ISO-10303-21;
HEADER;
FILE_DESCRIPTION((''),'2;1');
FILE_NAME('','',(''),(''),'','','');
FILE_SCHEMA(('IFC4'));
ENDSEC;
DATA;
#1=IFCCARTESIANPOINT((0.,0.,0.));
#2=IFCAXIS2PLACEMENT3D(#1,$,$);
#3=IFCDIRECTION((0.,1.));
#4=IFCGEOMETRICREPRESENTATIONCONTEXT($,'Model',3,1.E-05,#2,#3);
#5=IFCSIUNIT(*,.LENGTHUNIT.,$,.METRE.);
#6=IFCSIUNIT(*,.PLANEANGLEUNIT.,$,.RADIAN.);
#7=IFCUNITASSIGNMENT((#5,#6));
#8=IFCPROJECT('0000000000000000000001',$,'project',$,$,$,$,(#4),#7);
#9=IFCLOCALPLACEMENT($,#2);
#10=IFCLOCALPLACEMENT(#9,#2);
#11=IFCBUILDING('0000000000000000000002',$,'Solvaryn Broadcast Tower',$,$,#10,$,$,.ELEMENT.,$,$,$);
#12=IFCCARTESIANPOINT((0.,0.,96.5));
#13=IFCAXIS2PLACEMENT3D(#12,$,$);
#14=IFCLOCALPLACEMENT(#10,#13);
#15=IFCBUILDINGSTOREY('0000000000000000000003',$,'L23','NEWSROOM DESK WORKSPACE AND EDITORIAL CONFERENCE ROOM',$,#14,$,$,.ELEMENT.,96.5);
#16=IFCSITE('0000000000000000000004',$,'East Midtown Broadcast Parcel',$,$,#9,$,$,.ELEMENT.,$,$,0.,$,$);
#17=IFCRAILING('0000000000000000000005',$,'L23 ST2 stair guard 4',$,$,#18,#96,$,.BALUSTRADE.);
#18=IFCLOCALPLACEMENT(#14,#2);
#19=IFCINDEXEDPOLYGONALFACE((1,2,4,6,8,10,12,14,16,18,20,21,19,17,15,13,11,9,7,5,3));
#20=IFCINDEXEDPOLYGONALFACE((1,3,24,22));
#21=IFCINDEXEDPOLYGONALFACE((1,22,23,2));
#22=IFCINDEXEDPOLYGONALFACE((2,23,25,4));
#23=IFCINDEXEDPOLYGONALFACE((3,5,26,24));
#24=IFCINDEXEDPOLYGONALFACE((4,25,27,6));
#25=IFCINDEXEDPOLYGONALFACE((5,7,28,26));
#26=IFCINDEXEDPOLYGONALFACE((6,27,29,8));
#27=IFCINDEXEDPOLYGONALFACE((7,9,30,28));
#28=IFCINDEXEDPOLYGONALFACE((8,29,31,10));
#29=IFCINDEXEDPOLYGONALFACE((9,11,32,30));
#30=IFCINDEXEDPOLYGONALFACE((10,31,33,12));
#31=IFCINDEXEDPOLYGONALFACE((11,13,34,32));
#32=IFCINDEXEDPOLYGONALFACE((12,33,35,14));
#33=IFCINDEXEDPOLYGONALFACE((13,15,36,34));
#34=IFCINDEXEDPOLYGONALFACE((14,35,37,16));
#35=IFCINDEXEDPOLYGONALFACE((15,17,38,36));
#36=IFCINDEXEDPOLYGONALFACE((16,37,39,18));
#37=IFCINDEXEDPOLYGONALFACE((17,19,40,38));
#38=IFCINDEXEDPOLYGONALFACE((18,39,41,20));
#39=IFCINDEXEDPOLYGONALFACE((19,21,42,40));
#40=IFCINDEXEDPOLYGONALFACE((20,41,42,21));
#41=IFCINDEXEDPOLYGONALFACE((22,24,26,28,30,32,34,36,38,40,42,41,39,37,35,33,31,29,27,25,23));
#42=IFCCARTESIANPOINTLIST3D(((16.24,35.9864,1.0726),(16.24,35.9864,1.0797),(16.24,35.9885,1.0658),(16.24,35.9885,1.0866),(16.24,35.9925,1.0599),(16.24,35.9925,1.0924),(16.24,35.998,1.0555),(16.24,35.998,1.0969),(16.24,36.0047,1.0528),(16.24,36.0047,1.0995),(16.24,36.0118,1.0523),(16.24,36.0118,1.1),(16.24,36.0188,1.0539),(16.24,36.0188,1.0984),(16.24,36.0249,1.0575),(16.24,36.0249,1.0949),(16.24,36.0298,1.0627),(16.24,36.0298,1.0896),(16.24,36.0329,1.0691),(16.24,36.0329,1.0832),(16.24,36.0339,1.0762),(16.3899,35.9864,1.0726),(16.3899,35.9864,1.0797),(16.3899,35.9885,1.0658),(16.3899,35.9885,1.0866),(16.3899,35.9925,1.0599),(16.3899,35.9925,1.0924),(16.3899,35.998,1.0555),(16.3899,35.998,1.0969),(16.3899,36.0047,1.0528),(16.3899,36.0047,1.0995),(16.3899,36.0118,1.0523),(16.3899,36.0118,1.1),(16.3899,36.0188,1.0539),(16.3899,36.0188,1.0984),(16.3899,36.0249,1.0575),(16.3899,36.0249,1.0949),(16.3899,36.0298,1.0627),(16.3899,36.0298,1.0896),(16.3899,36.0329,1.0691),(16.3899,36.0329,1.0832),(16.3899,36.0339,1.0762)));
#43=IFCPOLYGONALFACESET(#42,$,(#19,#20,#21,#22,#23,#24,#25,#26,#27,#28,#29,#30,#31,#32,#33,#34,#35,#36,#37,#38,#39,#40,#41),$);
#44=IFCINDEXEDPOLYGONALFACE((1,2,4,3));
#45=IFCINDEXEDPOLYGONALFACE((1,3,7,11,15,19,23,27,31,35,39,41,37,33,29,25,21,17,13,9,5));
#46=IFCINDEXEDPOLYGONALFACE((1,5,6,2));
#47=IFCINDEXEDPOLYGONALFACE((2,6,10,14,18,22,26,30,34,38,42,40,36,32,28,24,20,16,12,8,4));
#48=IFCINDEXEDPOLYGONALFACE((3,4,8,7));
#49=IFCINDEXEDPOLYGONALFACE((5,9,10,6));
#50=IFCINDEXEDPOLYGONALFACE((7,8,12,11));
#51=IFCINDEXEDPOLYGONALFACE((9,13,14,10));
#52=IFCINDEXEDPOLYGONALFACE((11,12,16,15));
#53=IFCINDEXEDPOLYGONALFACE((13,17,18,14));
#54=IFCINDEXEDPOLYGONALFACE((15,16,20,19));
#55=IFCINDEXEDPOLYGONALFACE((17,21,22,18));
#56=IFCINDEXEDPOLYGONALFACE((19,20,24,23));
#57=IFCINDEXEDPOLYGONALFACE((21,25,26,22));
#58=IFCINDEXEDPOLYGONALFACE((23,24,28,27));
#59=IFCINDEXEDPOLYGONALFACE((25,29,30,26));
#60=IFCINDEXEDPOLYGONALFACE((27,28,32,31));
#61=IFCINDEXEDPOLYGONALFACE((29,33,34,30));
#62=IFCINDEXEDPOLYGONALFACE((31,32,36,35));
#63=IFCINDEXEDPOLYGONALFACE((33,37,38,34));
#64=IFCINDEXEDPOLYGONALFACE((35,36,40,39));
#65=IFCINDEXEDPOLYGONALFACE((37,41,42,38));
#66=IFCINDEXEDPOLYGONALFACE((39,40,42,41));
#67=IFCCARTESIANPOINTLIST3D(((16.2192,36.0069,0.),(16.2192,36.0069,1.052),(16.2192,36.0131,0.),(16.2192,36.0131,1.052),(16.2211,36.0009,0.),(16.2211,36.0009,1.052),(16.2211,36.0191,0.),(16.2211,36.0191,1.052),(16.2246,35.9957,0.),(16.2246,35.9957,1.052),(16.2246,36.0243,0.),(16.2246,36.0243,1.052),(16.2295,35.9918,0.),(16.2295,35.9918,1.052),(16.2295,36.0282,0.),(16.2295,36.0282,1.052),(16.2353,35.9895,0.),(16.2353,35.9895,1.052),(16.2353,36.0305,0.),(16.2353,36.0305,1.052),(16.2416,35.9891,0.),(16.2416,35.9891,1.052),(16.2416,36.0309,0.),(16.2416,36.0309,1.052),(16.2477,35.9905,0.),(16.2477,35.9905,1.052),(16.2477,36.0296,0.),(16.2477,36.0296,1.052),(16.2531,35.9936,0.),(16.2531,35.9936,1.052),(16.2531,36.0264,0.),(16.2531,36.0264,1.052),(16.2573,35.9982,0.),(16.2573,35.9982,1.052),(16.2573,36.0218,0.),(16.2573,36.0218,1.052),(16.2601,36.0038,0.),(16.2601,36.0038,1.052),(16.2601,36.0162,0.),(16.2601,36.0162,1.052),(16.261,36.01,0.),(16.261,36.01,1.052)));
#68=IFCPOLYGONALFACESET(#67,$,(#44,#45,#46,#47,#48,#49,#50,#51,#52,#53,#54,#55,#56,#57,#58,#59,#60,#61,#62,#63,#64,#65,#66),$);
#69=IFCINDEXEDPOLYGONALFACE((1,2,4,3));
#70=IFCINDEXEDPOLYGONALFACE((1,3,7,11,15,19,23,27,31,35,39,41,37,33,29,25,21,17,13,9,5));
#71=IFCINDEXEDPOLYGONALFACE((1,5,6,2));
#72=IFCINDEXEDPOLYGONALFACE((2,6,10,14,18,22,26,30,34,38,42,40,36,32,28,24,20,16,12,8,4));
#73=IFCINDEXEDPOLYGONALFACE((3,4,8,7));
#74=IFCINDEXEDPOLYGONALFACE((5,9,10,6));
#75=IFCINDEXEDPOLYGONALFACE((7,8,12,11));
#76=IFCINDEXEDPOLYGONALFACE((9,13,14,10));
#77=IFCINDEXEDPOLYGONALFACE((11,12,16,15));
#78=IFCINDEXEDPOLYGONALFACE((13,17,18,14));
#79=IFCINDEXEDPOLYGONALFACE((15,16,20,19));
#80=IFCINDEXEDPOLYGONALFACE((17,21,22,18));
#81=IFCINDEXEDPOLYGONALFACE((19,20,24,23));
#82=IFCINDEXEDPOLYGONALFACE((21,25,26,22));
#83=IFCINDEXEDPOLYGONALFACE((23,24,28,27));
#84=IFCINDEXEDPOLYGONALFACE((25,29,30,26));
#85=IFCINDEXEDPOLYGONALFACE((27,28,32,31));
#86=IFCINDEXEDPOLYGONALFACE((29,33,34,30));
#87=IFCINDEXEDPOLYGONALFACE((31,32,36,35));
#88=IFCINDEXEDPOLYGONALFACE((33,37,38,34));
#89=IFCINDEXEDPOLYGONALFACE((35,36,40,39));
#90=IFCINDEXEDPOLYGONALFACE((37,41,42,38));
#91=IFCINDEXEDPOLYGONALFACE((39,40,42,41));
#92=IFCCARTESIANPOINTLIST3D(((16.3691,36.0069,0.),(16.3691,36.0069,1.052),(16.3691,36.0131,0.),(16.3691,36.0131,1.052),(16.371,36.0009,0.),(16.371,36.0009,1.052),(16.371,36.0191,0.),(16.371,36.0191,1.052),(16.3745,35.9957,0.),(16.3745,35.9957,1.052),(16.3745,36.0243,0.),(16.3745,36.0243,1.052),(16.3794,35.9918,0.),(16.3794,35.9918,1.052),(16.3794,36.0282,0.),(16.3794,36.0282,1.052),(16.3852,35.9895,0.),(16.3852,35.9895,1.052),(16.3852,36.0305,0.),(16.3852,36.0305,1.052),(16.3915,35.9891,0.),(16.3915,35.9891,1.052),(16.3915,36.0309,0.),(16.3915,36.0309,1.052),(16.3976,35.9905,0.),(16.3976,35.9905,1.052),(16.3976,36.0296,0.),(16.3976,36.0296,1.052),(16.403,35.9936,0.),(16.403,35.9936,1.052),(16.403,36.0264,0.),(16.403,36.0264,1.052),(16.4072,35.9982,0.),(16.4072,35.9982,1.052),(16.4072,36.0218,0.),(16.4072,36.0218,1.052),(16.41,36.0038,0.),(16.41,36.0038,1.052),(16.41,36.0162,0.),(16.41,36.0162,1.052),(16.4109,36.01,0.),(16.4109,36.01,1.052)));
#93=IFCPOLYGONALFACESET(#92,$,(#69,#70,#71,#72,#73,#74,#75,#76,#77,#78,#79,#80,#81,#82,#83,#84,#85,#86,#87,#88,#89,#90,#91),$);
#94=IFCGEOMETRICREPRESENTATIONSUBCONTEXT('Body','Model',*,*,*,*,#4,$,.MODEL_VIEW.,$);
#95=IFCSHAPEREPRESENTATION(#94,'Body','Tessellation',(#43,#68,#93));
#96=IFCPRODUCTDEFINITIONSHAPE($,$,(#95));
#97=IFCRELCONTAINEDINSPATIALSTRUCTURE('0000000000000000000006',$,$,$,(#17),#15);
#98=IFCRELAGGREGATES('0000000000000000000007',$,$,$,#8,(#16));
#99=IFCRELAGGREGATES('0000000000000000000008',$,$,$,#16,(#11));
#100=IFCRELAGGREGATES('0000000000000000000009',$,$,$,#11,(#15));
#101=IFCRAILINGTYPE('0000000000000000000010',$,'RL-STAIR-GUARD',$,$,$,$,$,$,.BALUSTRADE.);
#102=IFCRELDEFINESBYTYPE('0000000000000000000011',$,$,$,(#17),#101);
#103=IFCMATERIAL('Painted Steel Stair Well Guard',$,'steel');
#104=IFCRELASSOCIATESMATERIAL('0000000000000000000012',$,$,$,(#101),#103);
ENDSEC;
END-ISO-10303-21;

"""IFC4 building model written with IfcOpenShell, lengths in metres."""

from ifc_helpers import new_model, si_unit, direction, frame, origin, origin_2d, place, context, subcontext, project, spatial, circle, extrude, material, type_object, element, save


model = new_model("IFC4")

# Units and contexts
model_context = context("Model", 3, precision=1e-05, world=origin(), true_north=direction((0.0, 1.0)))
body_context = subcontext(model_context, "Body", "Model", "MODEL_VIEW")
ifc_project = project(units=[si_unit("LENGTHUNIT", "METRE"), si_unit("PLANEANGLEUNIT", "RADIAN")], contexts=[model_context])

# Site, building, storey
site_placement = place(None, origin())
site = spatial("IfcSite", under=ifc_project, at=site_placement, Name="East Midtown Broadcast Parcel", CompositionType="ELEMENT", RefElevation=0.0)
building_placement = place(site_placement, origin())
building = spatial("IfcBuilding", under=site, at=building_placement, Name="Solvaryn Broadcast Tower", CompositionType="ELEMENT")
storey_placement = place(building_placement, frame((0.0, 0.0, 96.5)))
storey = spatial("IfcBuildingStorey", under=building, at=storey_placement, Name="L23", Description="NEWSROOM DESK WORKSPACE AND EDITORIAL CONFERENCE ROOM", CompositionType="ELEMENT", Elevation=96.5)

# Railing
ifc_material_1 = material(Name="Painted Steel Stair Well Guard", Category="steel")
railing_type_1 = type_object("IfcRailingType", Name="RL-STAIR-GUARD", PredefinedType="BALUSTRADE", material=ifc_material_1)
railing_1_placement = place(storey_placement, frame((16.24, 36.01, 0.0)))
element("IfcRailing", 1, at=railing_1_placement, inside=storey, type_object=railing_type_1, Name="L23 ST2 stair guard 4", PredefinedType="BALUSTRADE", context=body_context, shape_type="SweptSolid", body=[
    extrude(circle(Radius=0.0239, at=origin_2d()), frame((0.0, 0.0, 1.0762), z_axis=(1.0, 0.0, 0.0), x_axis=(0.0, 1.0, 0.0)), (0.0, 0.0, 1.0), 0.1499),
    extrude(circle(Radius=0.021, at=origin_2d()), origin(), (0.0, 0.0, 1.0), 1.052),
    extrude(circle(Radius=0.021, at=origin_2d()), frame((0.1499, 0.0, 0.0)), (0.0, 0.0, 1.0), 1.052),
])

save(model, "model.ifc")
